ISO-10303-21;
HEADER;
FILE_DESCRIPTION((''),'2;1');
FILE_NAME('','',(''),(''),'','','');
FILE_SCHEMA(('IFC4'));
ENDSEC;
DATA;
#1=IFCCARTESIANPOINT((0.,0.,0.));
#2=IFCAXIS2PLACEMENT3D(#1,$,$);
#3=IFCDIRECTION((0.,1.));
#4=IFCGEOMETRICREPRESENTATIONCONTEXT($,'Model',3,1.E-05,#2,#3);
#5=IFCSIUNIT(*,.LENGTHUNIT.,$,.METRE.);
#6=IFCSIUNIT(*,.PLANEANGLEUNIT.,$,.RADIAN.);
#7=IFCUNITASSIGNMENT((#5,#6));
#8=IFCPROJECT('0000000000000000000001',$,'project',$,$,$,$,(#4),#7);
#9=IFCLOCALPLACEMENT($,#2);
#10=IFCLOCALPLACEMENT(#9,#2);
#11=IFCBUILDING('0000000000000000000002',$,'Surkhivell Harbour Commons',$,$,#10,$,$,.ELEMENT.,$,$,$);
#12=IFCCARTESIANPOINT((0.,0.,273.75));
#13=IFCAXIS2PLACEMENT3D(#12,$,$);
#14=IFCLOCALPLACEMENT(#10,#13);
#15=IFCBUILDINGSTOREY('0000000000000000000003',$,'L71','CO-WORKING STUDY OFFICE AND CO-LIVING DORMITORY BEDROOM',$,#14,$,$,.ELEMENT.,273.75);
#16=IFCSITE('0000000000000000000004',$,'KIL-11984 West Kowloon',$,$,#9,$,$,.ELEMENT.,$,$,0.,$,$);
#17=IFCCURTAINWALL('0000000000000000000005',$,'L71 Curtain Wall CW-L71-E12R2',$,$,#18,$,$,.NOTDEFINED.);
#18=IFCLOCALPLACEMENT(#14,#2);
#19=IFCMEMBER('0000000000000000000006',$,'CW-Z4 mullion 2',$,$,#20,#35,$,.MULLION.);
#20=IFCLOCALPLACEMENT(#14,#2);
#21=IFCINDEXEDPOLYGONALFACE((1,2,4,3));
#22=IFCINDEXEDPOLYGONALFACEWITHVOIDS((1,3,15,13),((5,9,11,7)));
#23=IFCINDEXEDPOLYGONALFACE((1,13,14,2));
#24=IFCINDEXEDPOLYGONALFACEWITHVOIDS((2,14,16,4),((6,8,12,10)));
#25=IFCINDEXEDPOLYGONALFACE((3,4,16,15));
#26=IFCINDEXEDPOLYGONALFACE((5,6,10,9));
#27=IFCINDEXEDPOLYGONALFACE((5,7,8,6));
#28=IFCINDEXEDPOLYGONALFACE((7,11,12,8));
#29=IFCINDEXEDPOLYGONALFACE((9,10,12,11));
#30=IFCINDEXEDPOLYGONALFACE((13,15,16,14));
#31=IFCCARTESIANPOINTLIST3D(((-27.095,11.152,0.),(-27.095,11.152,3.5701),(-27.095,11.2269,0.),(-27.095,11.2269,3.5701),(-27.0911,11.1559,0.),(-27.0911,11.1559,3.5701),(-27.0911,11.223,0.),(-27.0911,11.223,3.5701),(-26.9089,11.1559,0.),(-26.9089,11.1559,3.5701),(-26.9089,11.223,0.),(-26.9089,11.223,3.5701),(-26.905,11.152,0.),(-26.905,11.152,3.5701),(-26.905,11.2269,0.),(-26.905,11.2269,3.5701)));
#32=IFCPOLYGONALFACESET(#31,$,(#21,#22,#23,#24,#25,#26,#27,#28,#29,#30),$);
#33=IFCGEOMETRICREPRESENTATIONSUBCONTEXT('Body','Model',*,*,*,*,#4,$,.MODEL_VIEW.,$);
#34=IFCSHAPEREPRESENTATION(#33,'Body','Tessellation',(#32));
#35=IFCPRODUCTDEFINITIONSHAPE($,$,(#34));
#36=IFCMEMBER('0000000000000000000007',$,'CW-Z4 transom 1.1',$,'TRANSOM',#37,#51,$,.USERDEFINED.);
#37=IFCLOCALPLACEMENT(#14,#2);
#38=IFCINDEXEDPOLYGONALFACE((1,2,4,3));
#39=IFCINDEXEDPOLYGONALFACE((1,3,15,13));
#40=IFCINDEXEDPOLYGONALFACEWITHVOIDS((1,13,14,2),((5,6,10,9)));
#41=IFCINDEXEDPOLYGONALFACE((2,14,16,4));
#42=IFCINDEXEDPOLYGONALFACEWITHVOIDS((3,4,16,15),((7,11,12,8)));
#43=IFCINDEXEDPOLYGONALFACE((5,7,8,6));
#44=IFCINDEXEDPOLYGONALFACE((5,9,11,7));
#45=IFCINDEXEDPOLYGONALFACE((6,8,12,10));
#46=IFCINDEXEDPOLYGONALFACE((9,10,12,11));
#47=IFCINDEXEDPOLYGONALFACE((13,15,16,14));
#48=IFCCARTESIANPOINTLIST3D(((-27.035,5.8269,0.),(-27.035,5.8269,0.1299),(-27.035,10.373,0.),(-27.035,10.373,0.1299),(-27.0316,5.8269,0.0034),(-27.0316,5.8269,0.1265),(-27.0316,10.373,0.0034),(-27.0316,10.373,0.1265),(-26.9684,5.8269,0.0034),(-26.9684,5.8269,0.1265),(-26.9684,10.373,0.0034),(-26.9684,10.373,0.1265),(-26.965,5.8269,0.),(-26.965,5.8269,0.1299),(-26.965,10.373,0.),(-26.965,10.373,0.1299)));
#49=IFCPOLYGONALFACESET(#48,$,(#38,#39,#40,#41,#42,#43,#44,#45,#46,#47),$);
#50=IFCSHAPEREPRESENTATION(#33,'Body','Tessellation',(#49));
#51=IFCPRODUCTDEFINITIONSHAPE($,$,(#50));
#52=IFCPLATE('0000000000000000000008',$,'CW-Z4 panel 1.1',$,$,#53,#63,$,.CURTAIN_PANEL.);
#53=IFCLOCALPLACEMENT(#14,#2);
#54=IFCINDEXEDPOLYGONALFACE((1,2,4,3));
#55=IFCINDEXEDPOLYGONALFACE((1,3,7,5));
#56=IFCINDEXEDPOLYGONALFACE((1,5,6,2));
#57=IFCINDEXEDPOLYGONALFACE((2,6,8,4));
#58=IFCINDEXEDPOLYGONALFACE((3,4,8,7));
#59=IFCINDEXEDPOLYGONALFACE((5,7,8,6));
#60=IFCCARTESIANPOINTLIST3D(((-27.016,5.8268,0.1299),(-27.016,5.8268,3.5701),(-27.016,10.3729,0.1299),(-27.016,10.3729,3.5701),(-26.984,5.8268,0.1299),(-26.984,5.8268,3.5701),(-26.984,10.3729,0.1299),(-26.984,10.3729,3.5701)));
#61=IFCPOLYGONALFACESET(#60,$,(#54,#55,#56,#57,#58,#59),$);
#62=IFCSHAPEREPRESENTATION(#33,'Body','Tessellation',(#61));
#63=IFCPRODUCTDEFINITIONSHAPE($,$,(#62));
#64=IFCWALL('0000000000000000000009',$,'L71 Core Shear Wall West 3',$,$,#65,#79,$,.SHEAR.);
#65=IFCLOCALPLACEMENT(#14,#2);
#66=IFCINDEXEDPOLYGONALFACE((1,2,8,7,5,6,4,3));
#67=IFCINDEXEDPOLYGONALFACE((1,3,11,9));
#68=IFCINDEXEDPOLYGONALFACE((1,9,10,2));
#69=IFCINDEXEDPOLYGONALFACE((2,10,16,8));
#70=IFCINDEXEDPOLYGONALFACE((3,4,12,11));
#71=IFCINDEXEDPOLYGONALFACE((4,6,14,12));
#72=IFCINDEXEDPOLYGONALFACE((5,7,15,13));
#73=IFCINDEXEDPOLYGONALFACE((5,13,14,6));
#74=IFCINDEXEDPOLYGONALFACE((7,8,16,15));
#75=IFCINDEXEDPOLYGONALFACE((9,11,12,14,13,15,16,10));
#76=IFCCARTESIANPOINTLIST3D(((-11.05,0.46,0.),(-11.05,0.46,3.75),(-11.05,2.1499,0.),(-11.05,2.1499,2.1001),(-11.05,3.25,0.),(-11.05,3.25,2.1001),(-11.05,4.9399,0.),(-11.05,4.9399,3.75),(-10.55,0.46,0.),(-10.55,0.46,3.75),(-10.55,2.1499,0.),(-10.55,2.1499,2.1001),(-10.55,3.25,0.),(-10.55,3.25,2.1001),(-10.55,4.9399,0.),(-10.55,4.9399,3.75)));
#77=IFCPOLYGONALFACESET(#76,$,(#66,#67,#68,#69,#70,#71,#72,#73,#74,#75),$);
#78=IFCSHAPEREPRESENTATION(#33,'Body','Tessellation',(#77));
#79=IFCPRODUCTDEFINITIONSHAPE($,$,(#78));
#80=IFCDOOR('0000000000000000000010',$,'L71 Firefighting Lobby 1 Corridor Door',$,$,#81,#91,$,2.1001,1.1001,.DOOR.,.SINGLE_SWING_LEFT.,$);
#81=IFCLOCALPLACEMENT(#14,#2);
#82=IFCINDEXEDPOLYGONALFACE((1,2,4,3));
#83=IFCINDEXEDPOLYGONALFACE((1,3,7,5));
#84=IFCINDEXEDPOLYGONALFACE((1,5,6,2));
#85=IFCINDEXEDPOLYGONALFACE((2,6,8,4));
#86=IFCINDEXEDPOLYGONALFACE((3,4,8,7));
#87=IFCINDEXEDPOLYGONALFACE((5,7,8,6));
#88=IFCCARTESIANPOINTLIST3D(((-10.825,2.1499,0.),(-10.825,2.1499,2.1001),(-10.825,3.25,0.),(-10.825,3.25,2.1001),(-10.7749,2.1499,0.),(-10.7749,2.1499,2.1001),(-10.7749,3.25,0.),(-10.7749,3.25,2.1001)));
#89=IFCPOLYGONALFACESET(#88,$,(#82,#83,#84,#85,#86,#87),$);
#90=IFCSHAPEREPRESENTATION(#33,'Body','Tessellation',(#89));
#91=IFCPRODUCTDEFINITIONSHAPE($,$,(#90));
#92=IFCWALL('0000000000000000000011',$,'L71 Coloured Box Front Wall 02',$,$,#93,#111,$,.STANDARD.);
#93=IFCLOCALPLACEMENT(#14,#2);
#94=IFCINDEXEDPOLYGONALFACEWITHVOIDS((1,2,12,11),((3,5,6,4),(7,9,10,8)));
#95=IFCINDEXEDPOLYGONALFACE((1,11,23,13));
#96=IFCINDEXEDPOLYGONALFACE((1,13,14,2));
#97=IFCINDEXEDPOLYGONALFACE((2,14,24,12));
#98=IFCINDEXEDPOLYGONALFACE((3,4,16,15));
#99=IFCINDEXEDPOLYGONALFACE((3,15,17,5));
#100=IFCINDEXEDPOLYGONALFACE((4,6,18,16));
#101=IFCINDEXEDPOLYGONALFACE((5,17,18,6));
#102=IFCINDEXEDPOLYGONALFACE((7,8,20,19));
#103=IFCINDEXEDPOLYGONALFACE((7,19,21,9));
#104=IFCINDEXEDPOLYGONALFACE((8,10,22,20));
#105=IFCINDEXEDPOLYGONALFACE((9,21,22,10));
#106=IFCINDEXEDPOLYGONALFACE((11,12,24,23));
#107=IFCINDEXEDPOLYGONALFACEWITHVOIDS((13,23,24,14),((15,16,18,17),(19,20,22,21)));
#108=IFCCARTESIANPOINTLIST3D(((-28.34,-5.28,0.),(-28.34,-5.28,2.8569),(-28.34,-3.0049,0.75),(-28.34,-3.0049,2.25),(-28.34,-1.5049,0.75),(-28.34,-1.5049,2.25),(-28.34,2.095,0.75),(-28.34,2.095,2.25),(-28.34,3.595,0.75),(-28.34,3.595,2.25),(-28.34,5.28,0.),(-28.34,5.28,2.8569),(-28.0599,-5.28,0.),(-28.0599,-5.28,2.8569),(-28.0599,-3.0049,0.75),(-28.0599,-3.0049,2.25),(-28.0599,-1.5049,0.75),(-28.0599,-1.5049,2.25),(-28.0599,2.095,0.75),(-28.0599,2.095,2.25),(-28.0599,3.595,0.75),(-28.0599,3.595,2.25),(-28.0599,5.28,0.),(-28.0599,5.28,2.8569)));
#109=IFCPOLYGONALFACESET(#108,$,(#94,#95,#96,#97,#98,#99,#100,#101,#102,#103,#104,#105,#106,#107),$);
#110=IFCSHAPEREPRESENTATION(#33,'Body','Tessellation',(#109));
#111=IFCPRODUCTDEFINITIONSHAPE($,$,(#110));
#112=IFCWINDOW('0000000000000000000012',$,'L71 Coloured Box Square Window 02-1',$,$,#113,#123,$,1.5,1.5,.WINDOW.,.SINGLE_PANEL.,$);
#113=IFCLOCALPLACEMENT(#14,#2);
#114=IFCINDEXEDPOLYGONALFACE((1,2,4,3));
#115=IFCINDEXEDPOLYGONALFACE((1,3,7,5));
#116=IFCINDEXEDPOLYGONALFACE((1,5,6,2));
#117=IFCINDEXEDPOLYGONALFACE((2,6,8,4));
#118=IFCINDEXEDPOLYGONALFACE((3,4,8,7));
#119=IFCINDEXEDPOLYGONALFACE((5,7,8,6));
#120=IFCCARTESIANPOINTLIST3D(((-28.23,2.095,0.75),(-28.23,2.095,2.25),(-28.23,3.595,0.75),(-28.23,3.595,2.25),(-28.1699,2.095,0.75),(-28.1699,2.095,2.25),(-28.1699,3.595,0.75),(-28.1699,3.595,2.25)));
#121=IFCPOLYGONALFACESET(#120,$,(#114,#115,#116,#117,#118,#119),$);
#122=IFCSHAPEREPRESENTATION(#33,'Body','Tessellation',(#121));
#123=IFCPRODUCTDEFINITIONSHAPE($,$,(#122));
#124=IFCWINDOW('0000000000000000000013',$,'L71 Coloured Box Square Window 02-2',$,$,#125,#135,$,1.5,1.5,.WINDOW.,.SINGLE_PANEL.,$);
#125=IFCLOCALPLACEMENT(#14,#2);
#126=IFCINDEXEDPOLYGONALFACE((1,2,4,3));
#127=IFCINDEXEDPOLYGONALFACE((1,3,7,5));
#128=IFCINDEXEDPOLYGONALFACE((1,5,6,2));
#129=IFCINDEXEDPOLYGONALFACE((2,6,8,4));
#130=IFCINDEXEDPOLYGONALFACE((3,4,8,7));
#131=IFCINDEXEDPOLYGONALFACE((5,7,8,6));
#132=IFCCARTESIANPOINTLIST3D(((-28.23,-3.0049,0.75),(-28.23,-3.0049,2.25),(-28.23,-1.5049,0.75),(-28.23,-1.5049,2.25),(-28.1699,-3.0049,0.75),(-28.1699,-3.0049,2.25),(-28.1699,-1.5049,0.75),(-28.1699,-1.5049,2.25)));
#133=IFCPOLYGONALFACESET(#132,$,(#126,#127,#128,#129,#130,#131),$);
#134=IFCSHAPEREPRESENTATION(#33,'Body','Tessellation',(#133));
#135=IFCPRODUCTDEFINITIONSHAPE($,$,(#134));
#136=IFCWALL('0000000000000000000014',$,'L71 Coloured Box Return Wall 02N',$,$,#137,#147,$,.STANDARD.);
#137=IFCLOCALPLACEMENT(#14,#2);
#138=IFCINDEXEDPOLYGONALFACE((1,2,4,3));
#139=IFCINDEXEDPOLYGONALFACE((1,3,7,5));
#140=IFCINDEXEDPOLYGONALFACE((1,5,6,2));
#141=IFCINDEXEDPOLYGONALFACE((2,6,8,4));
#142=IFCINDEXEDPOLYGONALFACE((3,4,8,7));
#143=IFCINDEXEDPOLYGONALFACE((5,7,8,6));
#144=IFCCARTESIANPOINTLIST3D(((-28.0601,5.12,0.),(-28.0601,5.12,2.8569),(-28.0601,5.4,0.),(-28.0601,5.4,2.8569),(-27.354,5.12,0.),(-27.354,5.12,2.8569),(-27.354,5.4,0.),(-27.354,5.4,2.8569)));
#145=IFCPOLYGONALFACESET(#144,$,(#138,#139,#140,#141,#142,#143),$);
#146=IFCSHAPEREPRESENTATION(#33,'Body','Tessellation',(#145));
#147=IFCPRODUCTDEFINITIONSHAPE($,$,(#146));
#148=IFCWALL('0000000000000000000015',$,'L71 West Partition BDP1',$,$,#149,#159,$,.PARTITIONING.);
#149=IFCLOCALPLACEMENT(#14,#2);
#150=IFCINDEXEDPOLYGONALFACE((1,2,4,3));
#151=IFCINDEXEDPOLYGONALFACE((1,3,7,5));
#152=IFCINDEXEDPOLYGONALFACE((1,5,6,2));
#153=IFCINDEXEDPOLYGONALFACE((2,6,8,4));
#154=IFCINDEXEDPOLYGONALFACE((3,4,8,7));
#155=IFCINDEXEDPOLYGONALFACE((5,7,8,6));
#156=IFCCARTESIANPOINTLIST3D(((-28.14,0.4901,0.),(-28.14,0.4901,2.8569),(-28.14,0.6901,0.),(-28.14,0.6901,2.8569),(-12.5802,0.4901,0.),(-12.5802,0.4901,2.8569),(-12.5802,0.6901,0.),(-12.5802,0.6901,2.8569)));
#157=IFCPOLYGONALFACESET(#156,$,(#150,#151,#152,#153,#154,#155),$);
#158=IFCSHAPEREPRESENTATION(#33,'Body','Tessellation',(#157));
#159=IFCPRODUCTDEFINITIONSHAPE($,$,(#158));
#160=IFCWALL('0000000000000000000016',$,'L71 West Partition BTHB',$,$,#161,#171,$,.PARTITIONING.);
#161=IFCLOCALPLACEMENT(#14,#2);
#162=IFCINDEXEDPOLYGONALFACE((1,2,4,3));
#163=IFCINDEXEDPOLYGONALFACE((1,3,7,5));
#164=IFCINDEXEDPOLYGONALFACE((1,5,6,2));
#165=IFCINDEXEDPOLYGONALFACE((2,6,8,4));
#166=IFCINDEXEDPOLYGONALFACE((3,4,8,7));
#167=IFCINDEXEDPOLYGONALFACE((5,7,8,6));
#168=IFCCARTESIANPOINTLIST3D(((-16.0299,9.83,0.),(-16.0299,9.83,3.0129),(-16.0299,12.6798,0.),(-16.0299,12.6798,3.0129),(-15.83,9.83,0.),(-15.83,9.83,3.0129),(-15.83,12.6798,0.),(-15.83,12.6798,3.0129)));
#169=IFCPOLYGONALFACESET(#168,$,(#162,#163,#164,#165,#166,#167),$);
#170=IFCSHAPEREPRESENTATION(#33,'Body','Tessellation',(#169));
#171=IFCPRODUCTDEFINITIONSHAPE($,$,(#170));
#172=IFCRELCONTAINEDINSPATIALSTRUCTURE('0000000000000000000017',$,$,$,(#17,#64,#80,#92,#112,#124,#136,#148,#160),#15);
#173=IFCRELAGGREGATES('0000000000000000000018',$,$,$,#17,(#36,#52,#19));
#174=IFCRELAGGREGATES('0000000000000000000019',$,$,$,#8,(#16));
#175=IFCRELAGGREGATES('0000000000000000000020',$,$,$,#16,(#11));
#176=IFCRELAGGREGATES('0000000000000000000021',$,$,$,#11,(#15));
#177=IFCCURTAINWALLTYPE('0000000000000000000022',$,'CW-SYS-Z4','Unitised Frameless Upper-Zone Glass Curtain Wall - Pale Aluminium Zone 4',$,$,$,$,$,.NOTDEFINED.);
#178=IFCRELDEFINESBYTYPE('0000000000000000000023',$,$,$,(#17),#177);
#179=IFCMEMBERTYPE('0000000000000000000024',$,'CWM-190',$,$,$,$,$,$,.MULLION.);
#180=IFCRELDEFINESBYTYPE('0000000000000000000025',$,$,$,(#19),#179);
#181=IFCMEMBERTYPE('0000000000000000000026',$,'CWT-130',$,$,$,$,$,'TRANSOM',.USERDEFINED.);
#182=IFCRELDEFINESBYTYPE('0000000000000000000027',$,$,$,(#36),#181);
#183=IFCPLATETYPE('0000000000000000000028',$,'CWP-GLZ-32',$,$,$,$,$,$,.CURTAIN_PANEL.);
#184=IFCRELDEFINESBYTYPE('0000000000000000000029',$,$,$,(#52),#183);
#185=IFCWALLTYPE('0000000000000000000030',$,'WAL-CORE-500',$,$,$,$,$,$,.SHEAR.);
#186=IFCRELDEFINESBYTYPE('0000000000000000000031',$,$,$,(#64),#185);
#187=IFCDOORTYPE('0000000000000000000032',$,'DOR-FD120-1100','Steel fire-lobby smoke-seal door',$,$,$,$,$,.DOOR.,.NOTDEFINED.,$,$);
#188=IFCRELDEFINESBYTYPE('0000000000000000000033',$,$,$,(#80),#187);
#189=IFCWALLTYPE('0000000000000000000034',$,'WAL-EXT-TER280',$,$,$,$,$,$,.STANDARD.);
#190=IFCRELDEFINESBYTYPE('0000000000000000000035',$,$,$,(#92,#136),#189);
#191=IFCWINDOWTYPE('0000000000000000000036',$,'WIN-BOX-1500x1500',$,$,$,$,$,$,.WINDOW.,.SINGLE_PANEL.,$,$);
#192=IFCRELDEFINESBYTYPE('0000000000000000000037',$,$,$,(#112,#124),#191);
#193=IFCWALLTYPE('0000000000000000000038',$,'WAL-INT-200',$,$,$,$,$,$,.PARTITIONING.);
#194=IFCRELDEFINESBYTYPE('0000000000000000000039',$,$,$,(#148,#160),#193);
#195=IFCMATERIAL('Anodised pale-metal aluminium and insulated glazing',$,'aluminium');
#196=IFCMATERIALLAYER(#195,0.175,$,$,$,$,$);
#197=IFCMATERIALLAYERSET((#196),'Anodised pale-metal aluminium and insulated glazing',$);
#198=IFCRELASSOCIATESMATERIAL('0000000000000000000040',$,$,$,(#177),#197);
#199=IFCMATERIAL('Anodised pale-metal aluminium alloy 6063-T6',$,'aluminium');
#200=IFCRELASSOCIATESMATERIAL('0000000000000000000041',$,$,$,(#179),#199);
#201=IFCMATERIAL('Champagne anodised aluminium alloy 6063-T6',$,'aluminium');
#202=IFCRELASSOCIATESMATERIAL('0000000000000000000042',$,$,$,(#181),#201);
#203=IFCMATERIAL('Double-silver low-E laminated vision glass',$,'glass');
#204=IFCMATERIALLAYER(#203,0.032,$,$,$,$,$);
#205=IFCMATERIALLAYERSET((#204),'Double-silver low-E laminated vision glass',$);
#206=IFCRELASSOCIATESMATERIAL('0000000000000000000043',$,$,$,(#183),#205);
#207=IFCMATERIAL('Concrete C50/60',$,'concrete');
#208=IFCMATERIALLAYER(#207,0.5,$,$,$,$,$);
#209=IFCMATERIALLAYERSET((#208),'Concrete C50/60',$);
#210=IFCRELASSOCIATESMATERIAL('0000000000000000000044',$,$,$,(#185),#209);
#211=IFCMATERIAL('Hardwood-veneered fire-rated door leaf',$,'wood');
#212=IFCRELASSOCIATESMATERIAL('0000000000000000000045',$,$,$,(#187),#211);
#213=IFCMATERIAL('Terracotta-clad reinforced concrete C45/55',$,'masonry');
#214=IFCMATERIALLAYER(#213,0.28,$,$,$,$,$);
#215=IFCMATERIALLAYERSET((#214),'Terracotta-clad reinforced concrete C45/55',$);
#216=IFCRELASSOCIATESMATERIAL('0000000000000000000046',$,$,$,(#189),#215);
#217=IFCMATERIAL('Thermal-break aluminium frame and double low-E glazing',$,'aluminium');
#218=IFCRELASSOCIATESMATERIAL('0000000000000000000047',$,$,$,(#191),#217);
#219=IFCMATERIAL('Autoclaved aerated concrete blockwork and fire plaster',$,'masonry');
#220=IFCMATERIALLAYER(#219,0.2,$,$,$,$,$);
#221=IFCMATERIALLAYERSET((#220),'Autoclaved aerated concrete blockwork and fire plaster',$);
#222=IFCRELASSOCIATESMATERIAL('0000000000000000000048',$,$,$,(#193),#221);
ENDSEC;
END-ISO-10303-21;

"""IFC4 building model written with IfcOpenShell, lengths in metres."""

from ifc_helpers import new_model, si_unit, direction, frame, frame_2d, origin, origin_2d, place, context, subcontext, project, spatial, rectangle, hollow_rectangle, extrude, material, layer, layer_set, material_profile, profile_set, type_object, element, fill, aggregate, save


model = new_model("IFC4")

# Units and contexts
model_context = context("Model", 3, precision=1e-05, world=origin(), true_north=direction((0.0, 1.0)))
body_context = subcontext(model_context, "Body", "Model", "MODEL_VIEW")
ifc_project = project(units=[si_unit("LENGTHUNIT", "METRE"), si_unit("PLANEANGLEUNIT", "RADIAN")], contexts=[model_context])

# Site, building, storey
site_placement = place(None, origin())
site = spatial("IfcSite", under=ifc_project, at=site_placement, Name="KIL-11984 West Kowloon", CompositionType="ELEMENT", RefElevation=0.0)
building_placement = place(site_placement, origin())
building = spatial("IfcBuilding", under=site, at=building_placement, Name="Surkhivell Harbour Commons", CompositionType="ELEMENT")
storey_placement = place(building_placement, frame((0.0, 0.0, 273.75)))
storey = spatial("IfcBuildingStorey", under=building, at=storey_placement, Name="L71", Description="CO-WORKING STUDY OFFICE AND CO-LIVING DORMITORY BEDROOM", CompositionType="ELEMENT", Elevation=273.75)

# Shared definitions
ifc_material_1 = material(Name="Concrete C50/60", Category="concrete")

# Curtain wall, members, plate
ifc_material_2 = material(Name="Anodised pale-metal aluminium and insulated glazing", Category="aluminium")
ifc_layer_1 = layer(ifc_material_2, 0.175)
ifc_layer_set_1 = layer_set([ifc_layer_1], Name="Anodised pale-metal aluminium and insulated glazing")
curtain_wall_type = type_object("IfcCurtainWallType", Name="CW-SYS-Z4", Description="Unitised Frameless Upper-Zone Glass Curtain Wall - Pale Aluminium Zone 4", PredefinedType="NOTDEFINED", material=ifc_layer_set_1)
curtain_wall_placement = place(storey_placement, origin())
curtain_wall = element("IfcCurtainWall", 1, at=curtain_wall_placement, inside=storey, type_object=curtain_wall_type, Name="L71 Curtain Wall CW-L71-E12R2", PredefinedType="NOTDEFINED")
ifc_material_3 = material(Name="Anodised pale-metal aluminium alloy 6063-T6", Category="aluminium")
ifc_material_profile_1 = material_profile(ifc_material_3, hollow_rectangle(XDim=0.075, YDim=0.1899, WallThickness=0.0039, at=origin_2d()), Name="ALU-MULL-75x190")
ifc_profile_set_1 = profile_set([ifc_material_profile_1], Name="Anodised pale-metal aluminium alloy 6063-T6")
member_type_1 = type_object("IfcMemberType", Name="CWM-190", PredefinedType="MULLION", material=ifc_profile_set_1)
member_1_placement = place(storey_placement, frame((-27.0, 11.1895, 0.0), z_axis=(0.0, 0.0, 1.0), x_axis=(0.0, 1.0, 0.0)))
member_1 = element("IfcMember", 2, at=member_1_placement, type_object=member_type_1, Name="CW-Z4 mullion 2", PredefinedType="MULLION", context=body_context, shape_type="SweptSolid", body=[
    extrude(hollow_rectangle(XDim=0.075, YDim=0.1899, WallThickness=0.0039, at=origin_2d()), origin(), (0.0, 0.0, 1.0), 3.5701),
])
ifc_material_4 = material(Name="Champagne anodised aluminium alloy 6063-T6", Category="aluminium")
ifc_material_profile_2 = material_profile(ifc_material_4, hollow_rectangle(XDim=0.0701, YDim=0.1299, WallThickness=0.0034, at=origin_2d()), Name="ALU-TRAN-70x130")
ifc_profile_set_2 = profile_set([ifc_material_profile_2], Name="Champagne anodised aluminium alloy 6063-T6")
member_type_2 = type_object("IfcMemberType", Name="CWT-130", ElementType="TRANSOM", PredefinedType="USERDEFINED", material=ifc_profile_set_2)
member_2_placement = place(storey_placement, frame((-27.0, 5.8269, 0.0649), z_axis=(0.0, 1.0, 0.0), x_axis=(-1.0, 0.0, 0.0)))
member_2 = element("IfcMember", 3, at=member_2_placement, type_object=member_type_2, Name="CW-Z4 transom 1.1", ObjectType="TRANSOM", PredefinedType="USERDEFINED", context=body_context, shape_type="SweptSolid", body=[
    extrude(hollow_rectangle(XDim=0.0701, YDim=0.1299, WallThickness=0.0034, at=origin_2d()), origin(), (0.0, 0.0, 1.0), 4.5461),
])
ifc_material_5 = material(Name="Double-silver low-E laminated vision glass", Category="glass")
ifc_layer_2 = layer(ifc_material_5, 0.032)
ifc_layer_set_2 = layer_set([ifc_layer_2], Name="Double-silver low-E laminated vision glass")
plate_type = type_object("IfcPlateType", Name="CWP-GLZ-32", PredefinedType="CURTAIN_PANEL", material=ifc_layer_set_2)
plate_placement = place(storey_placement, frame((-27.0, 5.8269, 0.1299), z_axis=(0.0, 0.0, 1.0), x_axis=(0.0, 1.0, 0.0)))
plate = element("IfcPlate", 4, at=plate_placement, type_object=plate_type, Name="CW-Z4 panel 1.1", PredefinedType="CURTAIN_PANEL", context=body_context, shape_type="SweptSolid", body=[
    extrude(rectangle(XDim=4.5461, YDim=0.032, at=frame_2d((2.2729, 0.0))), origin(), (0.0, 0.0, 1.0), 3.4402),
])
aggregate(curtain_wall, [member_2, plate, member_1])

# Wall, opening, door
ifc_layer_3 = layer(ifc_material_1, 0.5)
ifc_layer_set_3 = layer_set([ifc_layer_3], Name="Concrete C50/60")
wall_type_1 = type_object("IfcWallType", Name="WAL-CORE-500", PredefinedType="SHEAR", material=ifc_layer_set_3)
wall_1_placement = place(storey_placement, frame((-10.8, 0.46, 0.0), z_axis=(0.0, 0.0, 1.0), x_axis=(0.0, 1.0, 0.0)))
wall_1 = element("IfcWall", 5, at=wall_1_placement, inside=storey, type_object=wall_type_1, Name="L71 Core Shear Wall West 3", PredefinedType="SHEAR", context=body_context, shape_type="SweptSolid", body=[
    extrude(rectangle(XDim=4.48, YDim=0.5, at=frame_2d((2.24, 0.0))), origin(), (0.0, 0.0, 1.0), 3.75),
])
opening_1_placement = place(wall_1_placement, frame((1.6899, 0.0, 0.0)))
opening_1 = element("IfcOpeningElement", 6, at=opening_1_placement, cuts=wall_1, PredefinedType="OPENING", context=body_context, shape_type="SweptSolid", body=[
    extrude(rectangle(XDim=1.1001, YDim=2.1001, at=frame_2d((0.55, 1.05))), frame((0.0, 0.26, 0.0), z_axis=(0.0, -1.0, 0.0), x_axis=(1.0, 0.0, 0.0)), (0.0, 0.0, 1.0), 0.52),
])
ifc_material_6 = material(Name="Hardwood-veneered fire-rated door leaf", Category="wood")
door_type = type_object("IfcDoorType", Name="DOR-FD120-1100", Description="Steel fire-lobby smoke-seal door", OperationType="NOTDEFINED", PredefinedType="DOOR", material=ifc_material_6)
door_placement = place(opening_1_placement, origin())
door = element("IfcDoor", 7, at=door_placement, inside=storey, type_object=door_type, Name="L71 Firefighting Lobby 1 Corridor Door", OperationType="SINGLE_SWING_LEFT", OverallHeight=2.1001, OverallWidth=1.1001, PredefinedType="DOOR", context=body_context, shape_type="SweptSolid", body=[
    extrude(rectangle(XDim=1.1001, YDim=2.1001, at=frame_2d((0.55, 1.05))), frame((0.0, 0.0249, 0.0), z_axis=(0.0, -1.0, 0.0), x_axis=(1.0, 0.0, 0.0)), (0.0, 0.0, 1.0), 0.05),
])
fill(opening_1, door)

# Wall, openings, windows
ifc_material_7 = material(Name="Terracotta-clad reinforced concrete C45/55", Category="masonry")
ifc_layer_4 = layer(ifc_material_7, 0.28)
ifc_layer_set_4 = layer_set([ifc_layer_4], Name="Terracotta-clad reinforced concrete C45/55")
wall_type_2 = type_object("IfcWallType", Name="WAL-EXT-TER280", PredefinedType="STANDARD", material=ifc_layer_set_4)
wall_2_placement = place(storey_placement, frame((-28.2, 5.28, 0.0), z_axis=(0.0, 0.0, 1.0), x_axis=(0.0, -1.0, 0.0)))
wall_2 = element("IfcWall", 8, at=wall_2_placement, inside=storey, type_object=wall_type_2, Name="L71 Coloured Box Front Wall 02", PredefinedType="STANDARD", context=body_context, shape_type="SweptSolid", body=[
    extrude(rectangle(XDim=10.5601, YDim=0.28, at=frame_2d((5.28, 0.0))), origin(), (0.0, 0.0, 1.0), 2.8569),
])
opening_2_placement = place(wall_2_placement, frame((1.6851, 0.0, 0.75)))
opening_2 = element("IfcOpeningElement", 9, at=opening_2_placement, cuts=wall_2, PredefinedType="OPENING", context=body_context, shape_type="SweptSolid", body=[
    extrude(rectangle(XDim=1.5, YDim=1.5, at=frame_2d((0.75, 0.75))), frame((0.0, 0.1499, 0.0), z_axis=(0.0, -1.0, 0.0), x_axis=(1.0, 0.0, 0.0)), (0.0, 0.0, 1.0), 0.3),
])
opening_3_placement = place(wall_2_placement, frame((6.7849, 0.0, 0.75)))
opening_3 = element("IfcOpeningElement", 10, at=opening_3_placement, cuts=wall_2, PredefinedType="OPENING", context=body_context, shape_type="SweptSolid", body=[
    extrude(rectangle(XDim=1.5, YDim=1.5, at=frame_2d((0.75, 0.75))), frame((0.0, 0.1499, 0.0), z_axis=(0.0, -1.0, 0.0), x_axis=(1.0, 0.0, 0.0)), (0.0, 0.0, 1.0), 0.3),
])
ifc_material_8 = material(Name="Thermal-break aluminium frame and double low-E glazing", Category="aluminium")
window_type = type_object("IfcWindowType", Name="WIN-BOX-1500x1500", PartitioningType="SINGLE_PANEL", PredefinedType="WINDOW", material=ifc_material_8)
window_1_placement = place(opening_2_placement, origin())
window_1 = element("IfcWindow", 11, at=window_1_placement, inside=storey, type_object=window_type, Name="L71 Coloured Box Square Window 02-1", OverallHeight=1.5, OverallWidth=1.5, PartitioningType="SINGLE_PANEL", PredefinedType="WINDOW", context=body_context, shape_type="SweptSolid", body=[
    extrude(rectangle(XDim=1.5, YDim=1.5, at=frame_2d((0.75, 0.75))), frame((0.0, 0.03, 0.0), z_axis=(0.0, -1.0, 0.0), x_axis=(1.0, 0.0, 0.0)), (0.0, 0.0, 1.0), 0.0601),
])
fill(opening_2, window_1)
window_2_placement = place(opening_3_placement, origin())
window_2 = element("IfcWindow", 12, at=window_2_placement, inside=storey, type_object=window_type, Name="L71 Coloured Box Square Window 02-2", OverallHeight=1.5, OverallWidth=1.5, PartitioningType="SINGLE_PANEL", PredefinedType="WINDOW", context=body_context, shape_type="SweptSolid", body=[
    extrude(rectangle(XDim=1.5, YDim=1.5, at=frame_2d((0.75, 0.75))), frame((0.0, 0.03, 0.0), z_axis=(0.0, -1.0, 0.0), x_axis=(1.0, 0.0, 0.0)), (0.0, 0.0, 1.0), 0.0601),
])
fill(opening_3, window_2)

# Walls
wall_3_placement = place(storey_placement, frame((-28.0601, 5.26, 0.0), z_axis=(0.0, 0.0, 1.0), x_axis=(1.0, 0.0, 0.0)))
element("IfcWall", 13, at=wall_3_placement, inside=storey, type_object=wall_type_2, Name="L71 Coloured Box Return Wall 02N", PredefinedType="STANDARD", context=body_context, shape_type="SweptSolid", body=[
    extrude(rectangle(XDim=0.7061, YDim=0.28, at=frame_2d((0.353, 0.0))), origin(), (0.0, 0.0, 1.0), 2.8569),
])
ifc_material_9 = material(Name="Autoclaved aerated concrete blockwork and fire plaster", Category="masonry")
ifc_layer_5 = layer(ifc_material_9, 0.2)
ifc_layer_set_5 = layer_set([ifc_layer_5], Name="Autoclaved aerated concrete blockwork and fire plaster")
wall_type_3 = type_object("IfcWallType", Name="WAL-INT-200", PredefinedType="PARTITIONING", material=ifc_layer_set_5)
wall_4_placement = place(storey_placement, frame((-28.1399, 0.5901, 0.0), z_axis=(0.0, 0.0, 1.0), x_axis=(1.0, 0.0, 0.0)))
element("IfcWall", 14, at=wall_4_placement, inside=storey, type_object=wall_type_3, Name="L71 West Partition BDP1", PredefinedType="PARTITIONING", context=body_context, shape_type="SweptSolid", body=[
    extrude(rectangle(XDim=15.5598, YDim=0.2, at=frame_2d((7.7798, 0.0))), origin(), (0.0, 0.0, 1.0), 2.8569),
])
wall_5_placement = place(storey_placement, frame((-15.9299, 9.8301, 0.0), z_axis=(0.0, 0.0, 1.0), x_axis=(0.0, 1.0, 0.0)))
element("IfcWall", 15, at=wall_5_placement, inside=storey, type_object=wall_type_3, Name="L71 West Partition BTHB", PredefinedType="PARTITIONING", context=body_context, shape_type="SweptSolid", body=[
    extrude(rectangle(XDim=2.8499, YDim=0.2, at=frame_2d((1.4248, 0.0))), origin(), (0.0, 0.0, 1.0), 3.0129),
])

save(model, "model.ifc")
